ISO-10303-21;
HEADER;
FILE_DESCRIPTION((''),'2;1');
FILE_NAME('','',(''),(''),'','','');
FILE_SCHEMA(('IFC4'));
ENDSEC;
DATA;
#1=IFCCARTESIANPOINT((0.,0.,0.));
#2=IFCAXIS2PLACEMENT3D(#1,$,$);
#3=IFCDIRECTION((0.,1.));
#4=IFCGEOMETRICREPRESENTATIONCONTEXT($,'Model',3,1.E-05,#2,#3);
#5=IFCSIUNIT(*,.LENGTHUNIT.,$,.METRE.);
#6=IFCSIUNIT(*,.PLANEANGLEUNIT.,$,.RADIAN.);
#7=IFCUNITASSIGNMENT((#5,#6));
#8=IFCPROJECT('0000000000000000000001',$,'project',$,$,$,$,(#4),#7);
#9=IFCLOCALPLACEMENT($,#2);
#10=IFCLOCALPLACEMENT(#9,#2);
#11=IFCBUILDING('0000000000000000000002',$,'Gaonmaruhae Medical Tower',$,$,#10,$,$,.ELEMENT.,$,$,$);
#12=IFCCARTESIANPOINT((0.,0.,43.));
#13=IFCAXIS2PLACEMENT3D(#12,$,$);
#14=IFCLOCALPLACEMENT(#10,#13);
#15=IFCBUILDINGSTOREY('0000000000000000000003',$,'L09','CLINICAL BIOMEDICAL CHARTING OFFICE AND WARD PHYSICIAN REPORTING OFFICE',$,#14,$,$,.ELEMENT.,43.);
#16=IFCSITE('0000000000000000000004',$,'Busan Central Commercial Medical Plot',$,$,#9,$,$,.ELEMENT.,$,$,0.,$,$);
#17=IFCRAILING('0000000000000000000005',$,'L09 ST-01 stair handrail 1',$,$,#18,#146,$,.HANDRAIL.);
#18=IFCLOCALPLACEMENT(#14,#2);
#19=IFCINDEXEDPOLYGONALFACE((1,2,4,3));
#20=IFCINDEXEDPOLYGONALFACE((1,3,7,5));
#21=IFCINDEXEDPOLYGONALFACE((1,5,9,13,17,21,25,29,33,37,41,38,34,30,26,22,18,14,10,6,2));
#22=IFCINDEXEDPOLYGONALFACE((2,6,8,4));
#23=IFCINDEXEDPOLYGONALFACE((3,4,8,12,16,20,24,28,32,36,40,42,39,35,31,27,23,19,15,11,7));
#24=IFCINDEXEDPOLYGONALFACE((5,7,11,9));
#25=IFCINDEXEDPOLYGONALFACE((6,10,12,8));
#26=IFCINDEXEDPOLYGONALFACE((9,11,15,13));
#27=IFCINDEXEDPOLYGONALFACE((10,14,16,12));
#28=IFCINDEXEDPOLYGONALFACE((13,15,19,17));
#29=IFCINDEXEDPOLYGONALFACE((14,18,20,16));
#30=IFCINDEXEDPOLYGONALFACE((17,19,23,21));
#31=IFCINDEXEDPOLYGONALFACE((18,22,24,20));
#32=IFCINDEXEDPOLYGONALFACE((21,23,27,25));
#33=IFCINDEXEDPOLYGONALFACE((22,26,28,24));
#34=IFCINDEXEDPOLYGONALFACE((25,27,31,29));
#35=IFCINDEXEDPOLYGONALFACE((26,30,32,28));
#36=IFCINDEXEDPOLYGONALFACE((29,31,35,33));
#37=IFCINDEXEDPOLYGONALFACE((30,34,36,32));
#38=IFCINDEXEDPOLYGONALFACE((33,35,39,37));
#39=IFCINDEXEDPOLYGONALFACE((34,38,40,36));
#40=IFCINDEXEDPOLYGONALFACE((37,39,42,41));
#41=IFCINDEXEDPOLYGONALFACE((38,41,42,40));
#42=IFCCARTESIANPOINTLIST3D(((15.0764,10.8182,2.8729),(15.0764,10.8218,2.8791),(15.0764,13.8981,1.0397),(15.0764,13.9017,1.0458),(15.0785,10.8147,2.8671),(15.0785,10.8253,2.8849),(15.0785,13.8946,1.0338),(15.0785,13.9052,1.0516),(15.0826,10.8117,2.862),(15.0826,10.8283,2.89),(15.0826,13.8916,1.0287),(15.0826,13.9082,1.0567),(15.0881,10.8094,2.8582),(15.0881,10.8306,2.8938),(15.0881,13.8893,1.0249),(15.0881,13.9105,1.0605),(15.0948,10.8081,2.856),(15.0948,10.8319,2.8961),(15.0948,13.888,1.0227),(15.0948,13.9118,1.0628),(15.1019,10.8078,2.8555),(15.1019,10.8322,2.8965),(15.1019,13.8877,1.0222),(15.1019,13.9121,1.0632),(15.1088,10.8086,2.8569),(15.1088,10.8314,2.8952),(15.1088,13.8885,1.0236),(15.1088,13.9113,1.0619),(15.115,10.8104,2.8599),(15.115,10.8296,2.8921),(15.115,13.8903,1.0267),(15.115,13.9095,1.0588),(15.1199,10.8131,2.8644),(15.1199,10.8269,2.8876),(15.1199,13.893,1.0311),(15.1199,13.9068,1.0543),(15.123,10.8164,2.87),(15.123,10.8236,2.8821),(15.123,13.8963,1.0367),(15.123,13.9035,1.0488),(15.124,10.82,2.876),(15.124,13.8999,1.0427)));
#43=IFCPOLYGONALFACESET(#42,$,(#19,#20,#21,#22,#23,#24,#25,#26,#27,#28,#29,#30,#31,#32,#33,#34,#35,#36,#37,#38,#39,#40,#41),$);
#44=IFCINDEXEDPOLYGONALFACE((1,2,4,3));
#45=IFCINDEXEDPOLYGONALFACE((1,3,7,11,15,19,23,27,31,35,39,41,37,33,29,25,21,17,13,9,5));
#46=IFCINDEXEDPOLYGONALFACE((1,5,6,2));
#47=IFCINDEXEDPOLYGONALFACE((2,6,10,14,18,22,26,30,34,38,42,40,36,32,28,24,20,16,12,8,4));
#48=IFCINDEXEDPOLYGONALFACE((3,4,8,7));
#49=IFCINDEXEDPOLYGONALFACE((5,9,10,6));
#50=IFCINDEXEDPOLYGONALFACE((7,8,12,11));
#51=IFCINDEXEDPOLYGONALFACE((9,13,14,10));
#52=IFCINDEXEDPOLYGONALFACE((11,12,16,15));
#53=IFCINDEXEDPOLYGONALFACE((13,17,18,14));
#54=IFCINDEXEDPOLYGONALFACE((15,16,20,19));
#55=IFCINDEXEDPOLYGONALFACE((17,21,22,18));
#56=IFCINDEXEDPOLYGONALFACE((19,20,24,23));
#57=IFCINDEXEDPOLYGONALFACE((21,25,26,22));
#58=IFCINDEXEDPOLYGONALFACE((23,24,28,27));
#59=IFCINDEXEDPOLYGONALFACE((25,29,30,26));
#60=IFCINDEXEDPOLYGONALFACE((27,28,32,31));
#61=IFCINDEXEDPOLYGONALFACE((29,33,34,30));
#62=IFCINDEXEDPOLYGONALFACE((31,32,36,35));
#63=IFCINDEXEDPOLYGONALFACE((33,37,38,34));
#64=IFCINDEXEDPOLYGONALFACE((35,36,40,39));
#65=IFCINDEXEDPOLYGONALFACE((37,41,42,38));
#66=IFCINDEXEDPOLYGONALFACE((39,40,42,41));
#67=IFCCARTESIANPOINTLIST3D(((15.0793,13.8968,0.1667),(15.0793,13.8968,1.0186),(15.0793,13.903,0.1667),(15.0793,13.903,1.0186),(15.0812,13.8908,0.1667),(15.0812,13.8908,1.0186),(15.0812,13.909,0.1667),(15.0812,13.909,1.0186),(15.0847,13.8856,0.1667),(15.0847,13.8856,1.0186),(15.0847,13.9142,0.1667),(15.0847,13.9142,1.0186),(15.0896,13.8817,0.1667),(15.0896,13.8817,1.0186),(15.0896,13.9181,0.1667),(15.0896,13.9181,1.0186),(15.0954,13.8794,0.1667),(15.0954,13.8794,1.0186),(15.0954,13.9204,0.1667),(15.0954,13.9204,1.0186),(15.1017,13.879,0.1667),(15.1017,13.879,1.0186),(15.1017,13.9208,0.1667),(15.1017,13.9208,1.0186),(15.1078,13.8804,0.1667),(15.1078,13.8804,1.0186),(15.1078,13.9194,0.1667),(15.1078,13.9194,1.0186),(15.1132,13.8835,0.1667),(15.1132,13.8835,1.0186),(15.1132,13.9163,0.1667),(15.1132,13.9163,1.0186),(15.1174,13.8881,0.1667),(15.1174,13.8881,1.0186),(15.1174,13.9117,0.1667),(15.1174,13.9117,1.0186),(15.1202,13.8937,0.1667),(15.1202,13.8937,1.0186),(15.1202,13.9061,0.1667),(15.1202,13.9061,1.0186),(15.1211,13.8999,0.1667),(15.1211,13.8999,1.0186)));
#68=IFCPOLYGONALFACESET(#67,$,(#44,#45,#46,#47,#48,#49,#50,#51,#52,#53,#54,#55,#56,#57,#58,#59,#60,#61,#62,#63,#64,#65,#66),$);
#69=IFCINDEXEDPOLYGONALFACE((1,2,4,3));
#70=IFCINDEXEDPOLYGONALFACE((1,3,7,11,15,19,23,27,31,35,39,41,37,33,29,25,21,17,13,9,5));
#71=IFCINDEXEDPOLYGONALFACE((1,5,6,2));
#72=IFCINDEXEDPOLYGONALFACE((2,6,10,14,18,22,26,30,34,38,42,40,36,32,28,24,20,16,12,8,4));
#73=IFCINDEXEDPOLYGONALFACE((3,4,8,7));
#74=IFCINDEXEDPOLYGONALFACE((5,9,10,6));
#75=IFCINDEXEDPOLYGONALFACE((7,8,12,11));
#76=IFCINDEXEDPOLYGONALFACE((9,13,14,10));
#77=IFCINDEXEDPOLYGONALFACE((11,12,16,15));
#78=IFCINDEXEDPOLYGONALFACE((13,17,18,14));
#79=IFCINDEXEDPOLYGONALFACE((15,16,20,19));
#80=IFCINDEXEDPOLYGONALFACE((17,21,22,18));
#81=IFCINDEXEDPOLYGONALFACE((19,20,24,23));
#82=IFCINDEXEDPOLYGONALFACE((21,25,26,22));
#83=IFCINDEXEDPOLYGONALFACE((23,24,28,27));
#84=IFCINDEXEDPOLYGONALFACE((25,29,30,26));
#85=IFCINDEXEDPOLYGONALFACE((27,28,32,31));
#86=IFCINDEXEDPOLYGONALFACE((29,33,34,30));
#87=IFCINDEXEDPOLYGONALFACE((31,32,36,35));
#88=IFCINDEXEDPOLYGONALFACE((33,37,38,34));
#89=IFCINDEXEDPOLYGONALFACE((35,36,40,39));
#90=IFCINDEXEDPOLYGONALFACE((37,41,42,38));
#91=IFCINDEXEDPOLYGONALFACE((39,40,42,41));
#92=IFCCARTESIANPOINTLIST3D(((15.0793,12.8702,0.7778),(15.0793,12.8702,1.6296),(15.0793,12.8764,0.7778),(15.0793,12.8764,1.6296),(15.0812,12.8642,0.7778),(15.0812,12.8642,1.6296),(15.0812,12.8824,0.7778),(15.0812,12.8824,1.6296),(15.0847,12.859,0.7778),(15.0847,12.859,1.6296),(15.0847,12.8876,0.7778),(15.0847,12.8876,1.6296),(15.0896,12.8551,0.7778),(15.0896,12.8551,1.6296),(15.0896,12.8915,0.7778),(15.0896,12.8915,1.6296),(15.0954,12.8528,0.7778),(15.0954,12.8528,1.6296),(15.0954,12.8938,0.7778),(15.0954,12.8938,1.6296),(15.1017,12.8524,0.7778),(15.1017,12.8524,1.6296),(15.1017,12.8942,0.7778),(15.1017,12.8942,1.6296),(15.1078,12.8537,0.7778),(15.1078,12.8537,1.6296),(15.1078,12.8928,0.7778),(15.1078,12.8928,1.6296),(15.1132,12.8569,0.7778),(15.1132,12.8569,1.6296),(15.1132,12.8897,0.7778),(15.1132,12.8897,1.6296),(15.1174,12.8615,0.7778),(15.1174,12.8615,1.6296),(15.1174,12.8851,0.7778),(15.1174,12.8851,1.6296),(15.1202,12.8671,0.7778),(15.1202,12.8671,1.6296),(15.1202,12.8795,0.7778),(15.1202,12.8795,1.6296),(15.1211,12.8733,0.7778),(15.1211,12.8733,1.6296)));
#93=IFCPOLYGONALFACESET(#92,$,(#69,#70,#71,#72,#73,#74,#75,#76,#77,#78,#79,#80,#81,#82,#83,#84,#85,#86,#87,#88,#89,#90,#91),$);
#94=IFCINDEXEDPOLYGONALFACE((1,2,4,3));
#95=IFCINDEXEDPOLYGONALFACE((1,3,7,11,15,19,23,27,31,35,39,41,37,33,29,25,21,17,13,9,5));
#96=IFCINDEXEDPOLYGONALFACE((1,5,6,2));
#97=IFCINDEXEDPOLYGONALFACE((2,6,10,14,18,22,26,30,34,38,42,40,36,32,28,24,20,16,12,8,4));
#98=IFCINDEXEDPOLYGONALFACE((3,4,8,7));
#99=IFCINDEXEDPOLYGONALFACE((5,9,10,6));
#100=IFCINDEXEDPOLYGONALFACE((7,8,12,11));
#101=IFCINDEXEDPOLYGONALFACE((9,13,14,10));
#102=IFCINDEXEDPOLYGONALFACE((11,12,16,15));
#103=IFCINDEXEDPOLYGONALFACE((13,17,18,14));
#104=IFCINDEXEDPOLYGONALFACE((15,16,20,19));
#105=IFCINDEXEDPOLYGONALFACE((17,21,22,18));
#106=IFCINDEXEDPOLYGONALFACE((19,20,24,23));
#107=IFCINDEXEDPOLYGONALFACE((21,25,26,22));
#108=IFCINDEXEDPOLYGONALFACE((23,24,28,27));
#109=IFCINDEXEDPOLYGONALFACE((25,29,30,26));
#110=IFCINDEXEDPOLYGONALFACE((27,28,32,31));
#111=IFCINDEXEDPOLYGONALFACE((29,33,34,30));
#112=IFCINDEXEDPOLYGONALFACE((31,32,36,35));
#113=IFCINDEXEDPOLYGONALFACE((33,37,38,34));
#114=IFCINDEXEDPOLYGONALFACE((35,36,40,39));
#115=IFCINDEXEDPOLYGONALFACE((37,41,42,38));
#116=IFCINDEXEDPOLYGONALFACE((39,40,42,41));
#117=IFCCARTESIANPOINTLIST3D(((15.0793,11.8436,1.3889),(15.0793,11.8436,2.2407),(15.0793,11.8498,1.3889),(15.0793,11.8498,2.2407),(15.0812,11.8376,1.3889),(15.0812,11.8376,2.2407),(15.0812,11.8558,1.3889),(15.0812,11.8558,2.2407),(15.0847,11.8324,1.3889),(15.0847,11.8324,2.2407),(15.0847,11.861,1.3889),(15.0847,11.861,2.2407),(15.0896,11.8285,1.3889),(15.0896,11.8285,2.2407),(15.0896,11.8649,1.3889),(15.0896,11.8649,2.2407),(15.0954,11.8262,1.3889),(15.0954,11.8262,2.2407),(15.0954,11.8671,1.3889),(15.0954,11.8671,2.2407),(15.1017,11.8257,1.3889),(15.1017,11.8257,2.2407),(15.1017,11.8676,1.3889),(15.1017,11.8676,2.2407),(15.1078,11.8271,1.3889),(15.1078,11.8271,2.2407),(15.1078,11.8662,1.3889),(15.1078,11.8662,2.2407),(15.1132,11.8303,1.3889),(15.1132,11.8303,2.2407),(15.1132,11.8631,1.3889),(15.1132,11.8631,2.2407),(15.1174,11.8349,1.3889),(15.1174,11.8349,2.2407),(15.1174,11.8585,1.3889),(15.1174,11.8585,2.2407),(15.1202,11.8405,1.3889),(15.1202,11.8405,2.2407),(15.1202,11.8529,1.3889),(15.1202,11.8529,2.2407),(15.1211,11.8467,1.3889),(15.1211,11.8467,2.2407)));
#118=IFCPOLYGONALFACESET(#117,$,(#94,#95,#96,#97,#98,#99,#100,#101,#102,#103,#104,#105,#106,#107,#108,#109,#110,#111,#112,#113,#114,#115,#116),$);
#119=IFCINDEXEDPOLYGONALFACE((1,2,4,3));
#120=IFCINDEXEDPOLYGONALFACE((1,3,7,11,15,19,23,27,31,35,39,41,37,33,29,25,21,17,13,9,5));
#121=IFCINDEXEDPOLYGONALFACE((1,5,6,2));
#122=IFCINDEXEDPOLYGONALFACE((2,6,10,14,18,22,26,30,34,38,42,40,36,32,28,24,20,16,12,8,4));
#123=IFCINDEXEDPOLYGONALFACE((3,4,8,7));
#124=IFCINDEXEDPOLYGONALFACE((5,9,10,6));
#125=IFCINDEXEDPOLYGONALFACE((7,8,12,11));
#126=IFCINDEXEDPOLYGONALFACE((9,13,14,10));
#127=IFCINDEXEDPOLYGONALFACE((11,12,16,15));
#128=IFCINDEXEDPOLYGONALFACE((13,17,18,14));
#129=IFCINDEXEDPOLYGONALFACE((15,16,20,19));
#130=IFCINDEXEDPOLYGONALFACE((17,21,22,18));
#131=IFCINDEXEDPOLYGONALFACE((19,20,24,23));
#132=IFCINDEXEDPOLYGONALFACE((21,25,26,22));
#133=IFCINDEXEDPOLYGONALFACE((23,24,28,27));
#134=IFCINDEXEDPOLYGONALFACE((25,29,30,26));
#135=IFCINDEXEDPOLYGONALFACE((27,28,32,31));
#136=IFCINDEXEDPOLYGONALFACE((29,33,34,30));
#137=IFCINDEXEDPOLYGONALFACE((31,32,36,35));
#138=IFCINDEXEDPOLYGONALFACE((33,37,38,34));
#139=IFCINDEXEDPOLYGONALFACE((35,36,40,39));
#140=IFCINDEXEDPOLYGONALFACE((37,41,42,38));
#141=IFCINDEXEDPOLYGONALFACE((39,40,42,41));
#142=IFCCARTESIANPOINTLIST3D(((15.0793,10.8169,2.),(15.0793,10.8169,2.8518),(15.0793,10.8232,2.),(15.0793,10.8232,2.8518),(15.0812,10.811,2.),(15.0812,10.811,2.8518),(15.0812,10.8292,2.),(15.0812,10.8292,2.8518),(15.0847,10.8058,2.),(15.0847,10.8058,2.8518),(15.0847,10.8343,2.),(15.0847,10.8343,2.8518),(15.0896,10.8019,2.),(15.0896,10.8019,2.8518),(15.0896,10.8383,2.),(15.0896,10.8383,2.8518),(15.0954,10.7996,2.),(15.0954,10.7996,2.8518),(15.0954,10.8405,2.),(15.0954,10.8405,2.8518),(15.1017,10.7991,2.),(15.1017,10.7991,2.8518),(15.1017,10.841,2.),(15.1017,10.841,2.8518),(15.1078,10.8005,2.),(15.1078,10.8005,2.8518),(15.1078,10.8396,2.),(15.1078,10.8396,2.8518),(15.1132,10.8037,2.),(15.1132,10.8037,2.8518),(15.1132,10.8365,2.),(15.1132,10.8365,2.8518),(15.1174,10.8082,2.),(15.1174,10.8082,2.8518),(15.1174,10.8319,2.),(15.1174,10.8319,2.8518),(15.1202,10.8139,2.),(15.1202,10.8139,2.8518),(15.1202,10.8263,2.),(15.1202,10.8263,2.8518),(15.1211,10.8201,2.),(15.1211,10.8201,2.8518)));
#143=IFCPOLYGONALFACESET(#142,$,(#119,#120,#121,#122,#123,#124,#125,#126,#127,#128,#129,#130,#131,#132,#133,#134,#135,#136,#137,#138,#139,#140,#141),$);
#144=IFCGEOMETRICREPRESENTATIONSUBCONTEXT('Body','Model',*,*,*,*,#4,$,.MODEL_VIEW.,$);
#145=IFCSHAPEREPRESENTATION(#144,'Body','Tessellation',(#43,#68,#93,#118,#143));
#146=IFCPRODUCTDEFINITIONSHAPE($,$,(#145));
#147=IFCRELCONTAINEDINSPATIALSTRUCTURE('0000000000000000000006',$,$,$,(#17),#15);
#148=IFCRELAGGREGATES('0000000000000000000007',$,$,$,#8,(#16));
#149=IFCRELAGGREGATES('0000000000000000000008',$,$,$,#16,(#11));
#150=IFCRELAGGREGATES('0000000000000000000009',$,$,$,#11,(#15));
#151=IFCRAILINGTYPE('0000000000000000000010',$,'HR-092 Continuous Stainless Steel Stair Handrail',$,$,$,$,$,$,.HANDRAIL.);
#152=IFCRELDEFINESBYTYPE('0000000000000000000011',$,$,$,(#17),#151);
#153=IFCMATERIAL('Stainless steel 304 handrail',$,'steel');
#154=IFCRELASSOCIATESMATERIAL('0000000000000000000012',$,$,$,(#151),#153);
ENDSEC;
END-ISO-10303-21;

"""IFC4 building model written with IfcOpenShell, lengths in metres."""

from ifc_helpers import new_model, si_unit, direction, frame, origin, origin_2d, place, context, subcontext, project, spatial, circle, extrude, material, type_object, element, save


model = new_model("IFC4")

# Units and contexts
model_context = context("Model", 3, precision=1e-05, world=origin(), true_north=direction((0.0, 1.0)))
body_context = subcontext(model_context, "Body", "Model", "MODEL_VIEW")
ifc_project = project(units=[si_unit("LENGTHUNIT", "METRE"), si_unit("PLANEANGLEUNIT", "RADIAN")], contexts=[model_context])

# Site, building, storey
site_placement = place(None, origin())
site = spatial("IfcSite", under=ifc_project, at=site_placement, Name="Busan Central Commercial Medical Plot", CompositionType="ELEMENT", RefElevation=0.0)
building_placement = place(site_placement, origin())
building = spatial("IfcBuilding", under=site, at=building_placement, Name="Gaonmaruhae Medical Tower", CompositionType="ELEMENT")
storey_placement = place(building_placement, frame((0.0, 0.0, 43.0)))
storey = spatial("IfcBuildingStorey", under=building, at=storey_placement, Name="L09", Description="CLINICAL BIOMEDICAL CHARTING OFFICE AND WARD PHYSICIAN REPORTING OFFICE", CompositionType="ELEMENT", Elevation=43.0)

# Railing
ifc_material_1 = material(Name="Stainless steel 304 handrail", Category="steel")
railing_type_1 = type_object("IfcRailingType", Name="HR-092 Continuous Stainless Steel Stair Handrail", PredefinedType="HANDRAIL", material=ifc_material_1)
railing_1_placement = place(storey_placement, frame((15.1001, 13.8999, 0.1667)))
element("IfcRailing", 1, at=railing_1_placement, inside=storey, type_object=railing_type_1, Name="L09 ST-01 stair handrail 1", PredefinedType="HANDRAIL", context=body_context, shape_type="SweptSolid", body=[
    extrude(circle(Radius=0.0239, at=origin_2d()), frame((0.0, 0.0, 0.876), z_axis=(0.0, -0.859291, 0.511487), x_axis=(1.0, 0.0, 0.0)), (0.0, 0.0, 1.0), 3.5842),
    extrude(circle(Radius=0.021, at=origin_2d()), origin(), (0.0, 0.0, 1.0), 0.8518),
    extrude(circle(Radius=0.021, at=origin_2d()), frame((0.0, -1.0266, 0.6111)), (0.0, 0.0, 1.0), 0.8518),
    extrude(circle(Radius=0.021, at=origin_2d()), frame((0.0, -2.0532, 1.2222)), (0.0, 0.0, 1.0), 0.8518),
    extrude(circle(Radius=0.021, at=origin_2d()), frame((0.0, -3.0798, 1.8333)), (0.0, 0.0, 1.0), 0.8518),
])

save(model, "model.ifc")
